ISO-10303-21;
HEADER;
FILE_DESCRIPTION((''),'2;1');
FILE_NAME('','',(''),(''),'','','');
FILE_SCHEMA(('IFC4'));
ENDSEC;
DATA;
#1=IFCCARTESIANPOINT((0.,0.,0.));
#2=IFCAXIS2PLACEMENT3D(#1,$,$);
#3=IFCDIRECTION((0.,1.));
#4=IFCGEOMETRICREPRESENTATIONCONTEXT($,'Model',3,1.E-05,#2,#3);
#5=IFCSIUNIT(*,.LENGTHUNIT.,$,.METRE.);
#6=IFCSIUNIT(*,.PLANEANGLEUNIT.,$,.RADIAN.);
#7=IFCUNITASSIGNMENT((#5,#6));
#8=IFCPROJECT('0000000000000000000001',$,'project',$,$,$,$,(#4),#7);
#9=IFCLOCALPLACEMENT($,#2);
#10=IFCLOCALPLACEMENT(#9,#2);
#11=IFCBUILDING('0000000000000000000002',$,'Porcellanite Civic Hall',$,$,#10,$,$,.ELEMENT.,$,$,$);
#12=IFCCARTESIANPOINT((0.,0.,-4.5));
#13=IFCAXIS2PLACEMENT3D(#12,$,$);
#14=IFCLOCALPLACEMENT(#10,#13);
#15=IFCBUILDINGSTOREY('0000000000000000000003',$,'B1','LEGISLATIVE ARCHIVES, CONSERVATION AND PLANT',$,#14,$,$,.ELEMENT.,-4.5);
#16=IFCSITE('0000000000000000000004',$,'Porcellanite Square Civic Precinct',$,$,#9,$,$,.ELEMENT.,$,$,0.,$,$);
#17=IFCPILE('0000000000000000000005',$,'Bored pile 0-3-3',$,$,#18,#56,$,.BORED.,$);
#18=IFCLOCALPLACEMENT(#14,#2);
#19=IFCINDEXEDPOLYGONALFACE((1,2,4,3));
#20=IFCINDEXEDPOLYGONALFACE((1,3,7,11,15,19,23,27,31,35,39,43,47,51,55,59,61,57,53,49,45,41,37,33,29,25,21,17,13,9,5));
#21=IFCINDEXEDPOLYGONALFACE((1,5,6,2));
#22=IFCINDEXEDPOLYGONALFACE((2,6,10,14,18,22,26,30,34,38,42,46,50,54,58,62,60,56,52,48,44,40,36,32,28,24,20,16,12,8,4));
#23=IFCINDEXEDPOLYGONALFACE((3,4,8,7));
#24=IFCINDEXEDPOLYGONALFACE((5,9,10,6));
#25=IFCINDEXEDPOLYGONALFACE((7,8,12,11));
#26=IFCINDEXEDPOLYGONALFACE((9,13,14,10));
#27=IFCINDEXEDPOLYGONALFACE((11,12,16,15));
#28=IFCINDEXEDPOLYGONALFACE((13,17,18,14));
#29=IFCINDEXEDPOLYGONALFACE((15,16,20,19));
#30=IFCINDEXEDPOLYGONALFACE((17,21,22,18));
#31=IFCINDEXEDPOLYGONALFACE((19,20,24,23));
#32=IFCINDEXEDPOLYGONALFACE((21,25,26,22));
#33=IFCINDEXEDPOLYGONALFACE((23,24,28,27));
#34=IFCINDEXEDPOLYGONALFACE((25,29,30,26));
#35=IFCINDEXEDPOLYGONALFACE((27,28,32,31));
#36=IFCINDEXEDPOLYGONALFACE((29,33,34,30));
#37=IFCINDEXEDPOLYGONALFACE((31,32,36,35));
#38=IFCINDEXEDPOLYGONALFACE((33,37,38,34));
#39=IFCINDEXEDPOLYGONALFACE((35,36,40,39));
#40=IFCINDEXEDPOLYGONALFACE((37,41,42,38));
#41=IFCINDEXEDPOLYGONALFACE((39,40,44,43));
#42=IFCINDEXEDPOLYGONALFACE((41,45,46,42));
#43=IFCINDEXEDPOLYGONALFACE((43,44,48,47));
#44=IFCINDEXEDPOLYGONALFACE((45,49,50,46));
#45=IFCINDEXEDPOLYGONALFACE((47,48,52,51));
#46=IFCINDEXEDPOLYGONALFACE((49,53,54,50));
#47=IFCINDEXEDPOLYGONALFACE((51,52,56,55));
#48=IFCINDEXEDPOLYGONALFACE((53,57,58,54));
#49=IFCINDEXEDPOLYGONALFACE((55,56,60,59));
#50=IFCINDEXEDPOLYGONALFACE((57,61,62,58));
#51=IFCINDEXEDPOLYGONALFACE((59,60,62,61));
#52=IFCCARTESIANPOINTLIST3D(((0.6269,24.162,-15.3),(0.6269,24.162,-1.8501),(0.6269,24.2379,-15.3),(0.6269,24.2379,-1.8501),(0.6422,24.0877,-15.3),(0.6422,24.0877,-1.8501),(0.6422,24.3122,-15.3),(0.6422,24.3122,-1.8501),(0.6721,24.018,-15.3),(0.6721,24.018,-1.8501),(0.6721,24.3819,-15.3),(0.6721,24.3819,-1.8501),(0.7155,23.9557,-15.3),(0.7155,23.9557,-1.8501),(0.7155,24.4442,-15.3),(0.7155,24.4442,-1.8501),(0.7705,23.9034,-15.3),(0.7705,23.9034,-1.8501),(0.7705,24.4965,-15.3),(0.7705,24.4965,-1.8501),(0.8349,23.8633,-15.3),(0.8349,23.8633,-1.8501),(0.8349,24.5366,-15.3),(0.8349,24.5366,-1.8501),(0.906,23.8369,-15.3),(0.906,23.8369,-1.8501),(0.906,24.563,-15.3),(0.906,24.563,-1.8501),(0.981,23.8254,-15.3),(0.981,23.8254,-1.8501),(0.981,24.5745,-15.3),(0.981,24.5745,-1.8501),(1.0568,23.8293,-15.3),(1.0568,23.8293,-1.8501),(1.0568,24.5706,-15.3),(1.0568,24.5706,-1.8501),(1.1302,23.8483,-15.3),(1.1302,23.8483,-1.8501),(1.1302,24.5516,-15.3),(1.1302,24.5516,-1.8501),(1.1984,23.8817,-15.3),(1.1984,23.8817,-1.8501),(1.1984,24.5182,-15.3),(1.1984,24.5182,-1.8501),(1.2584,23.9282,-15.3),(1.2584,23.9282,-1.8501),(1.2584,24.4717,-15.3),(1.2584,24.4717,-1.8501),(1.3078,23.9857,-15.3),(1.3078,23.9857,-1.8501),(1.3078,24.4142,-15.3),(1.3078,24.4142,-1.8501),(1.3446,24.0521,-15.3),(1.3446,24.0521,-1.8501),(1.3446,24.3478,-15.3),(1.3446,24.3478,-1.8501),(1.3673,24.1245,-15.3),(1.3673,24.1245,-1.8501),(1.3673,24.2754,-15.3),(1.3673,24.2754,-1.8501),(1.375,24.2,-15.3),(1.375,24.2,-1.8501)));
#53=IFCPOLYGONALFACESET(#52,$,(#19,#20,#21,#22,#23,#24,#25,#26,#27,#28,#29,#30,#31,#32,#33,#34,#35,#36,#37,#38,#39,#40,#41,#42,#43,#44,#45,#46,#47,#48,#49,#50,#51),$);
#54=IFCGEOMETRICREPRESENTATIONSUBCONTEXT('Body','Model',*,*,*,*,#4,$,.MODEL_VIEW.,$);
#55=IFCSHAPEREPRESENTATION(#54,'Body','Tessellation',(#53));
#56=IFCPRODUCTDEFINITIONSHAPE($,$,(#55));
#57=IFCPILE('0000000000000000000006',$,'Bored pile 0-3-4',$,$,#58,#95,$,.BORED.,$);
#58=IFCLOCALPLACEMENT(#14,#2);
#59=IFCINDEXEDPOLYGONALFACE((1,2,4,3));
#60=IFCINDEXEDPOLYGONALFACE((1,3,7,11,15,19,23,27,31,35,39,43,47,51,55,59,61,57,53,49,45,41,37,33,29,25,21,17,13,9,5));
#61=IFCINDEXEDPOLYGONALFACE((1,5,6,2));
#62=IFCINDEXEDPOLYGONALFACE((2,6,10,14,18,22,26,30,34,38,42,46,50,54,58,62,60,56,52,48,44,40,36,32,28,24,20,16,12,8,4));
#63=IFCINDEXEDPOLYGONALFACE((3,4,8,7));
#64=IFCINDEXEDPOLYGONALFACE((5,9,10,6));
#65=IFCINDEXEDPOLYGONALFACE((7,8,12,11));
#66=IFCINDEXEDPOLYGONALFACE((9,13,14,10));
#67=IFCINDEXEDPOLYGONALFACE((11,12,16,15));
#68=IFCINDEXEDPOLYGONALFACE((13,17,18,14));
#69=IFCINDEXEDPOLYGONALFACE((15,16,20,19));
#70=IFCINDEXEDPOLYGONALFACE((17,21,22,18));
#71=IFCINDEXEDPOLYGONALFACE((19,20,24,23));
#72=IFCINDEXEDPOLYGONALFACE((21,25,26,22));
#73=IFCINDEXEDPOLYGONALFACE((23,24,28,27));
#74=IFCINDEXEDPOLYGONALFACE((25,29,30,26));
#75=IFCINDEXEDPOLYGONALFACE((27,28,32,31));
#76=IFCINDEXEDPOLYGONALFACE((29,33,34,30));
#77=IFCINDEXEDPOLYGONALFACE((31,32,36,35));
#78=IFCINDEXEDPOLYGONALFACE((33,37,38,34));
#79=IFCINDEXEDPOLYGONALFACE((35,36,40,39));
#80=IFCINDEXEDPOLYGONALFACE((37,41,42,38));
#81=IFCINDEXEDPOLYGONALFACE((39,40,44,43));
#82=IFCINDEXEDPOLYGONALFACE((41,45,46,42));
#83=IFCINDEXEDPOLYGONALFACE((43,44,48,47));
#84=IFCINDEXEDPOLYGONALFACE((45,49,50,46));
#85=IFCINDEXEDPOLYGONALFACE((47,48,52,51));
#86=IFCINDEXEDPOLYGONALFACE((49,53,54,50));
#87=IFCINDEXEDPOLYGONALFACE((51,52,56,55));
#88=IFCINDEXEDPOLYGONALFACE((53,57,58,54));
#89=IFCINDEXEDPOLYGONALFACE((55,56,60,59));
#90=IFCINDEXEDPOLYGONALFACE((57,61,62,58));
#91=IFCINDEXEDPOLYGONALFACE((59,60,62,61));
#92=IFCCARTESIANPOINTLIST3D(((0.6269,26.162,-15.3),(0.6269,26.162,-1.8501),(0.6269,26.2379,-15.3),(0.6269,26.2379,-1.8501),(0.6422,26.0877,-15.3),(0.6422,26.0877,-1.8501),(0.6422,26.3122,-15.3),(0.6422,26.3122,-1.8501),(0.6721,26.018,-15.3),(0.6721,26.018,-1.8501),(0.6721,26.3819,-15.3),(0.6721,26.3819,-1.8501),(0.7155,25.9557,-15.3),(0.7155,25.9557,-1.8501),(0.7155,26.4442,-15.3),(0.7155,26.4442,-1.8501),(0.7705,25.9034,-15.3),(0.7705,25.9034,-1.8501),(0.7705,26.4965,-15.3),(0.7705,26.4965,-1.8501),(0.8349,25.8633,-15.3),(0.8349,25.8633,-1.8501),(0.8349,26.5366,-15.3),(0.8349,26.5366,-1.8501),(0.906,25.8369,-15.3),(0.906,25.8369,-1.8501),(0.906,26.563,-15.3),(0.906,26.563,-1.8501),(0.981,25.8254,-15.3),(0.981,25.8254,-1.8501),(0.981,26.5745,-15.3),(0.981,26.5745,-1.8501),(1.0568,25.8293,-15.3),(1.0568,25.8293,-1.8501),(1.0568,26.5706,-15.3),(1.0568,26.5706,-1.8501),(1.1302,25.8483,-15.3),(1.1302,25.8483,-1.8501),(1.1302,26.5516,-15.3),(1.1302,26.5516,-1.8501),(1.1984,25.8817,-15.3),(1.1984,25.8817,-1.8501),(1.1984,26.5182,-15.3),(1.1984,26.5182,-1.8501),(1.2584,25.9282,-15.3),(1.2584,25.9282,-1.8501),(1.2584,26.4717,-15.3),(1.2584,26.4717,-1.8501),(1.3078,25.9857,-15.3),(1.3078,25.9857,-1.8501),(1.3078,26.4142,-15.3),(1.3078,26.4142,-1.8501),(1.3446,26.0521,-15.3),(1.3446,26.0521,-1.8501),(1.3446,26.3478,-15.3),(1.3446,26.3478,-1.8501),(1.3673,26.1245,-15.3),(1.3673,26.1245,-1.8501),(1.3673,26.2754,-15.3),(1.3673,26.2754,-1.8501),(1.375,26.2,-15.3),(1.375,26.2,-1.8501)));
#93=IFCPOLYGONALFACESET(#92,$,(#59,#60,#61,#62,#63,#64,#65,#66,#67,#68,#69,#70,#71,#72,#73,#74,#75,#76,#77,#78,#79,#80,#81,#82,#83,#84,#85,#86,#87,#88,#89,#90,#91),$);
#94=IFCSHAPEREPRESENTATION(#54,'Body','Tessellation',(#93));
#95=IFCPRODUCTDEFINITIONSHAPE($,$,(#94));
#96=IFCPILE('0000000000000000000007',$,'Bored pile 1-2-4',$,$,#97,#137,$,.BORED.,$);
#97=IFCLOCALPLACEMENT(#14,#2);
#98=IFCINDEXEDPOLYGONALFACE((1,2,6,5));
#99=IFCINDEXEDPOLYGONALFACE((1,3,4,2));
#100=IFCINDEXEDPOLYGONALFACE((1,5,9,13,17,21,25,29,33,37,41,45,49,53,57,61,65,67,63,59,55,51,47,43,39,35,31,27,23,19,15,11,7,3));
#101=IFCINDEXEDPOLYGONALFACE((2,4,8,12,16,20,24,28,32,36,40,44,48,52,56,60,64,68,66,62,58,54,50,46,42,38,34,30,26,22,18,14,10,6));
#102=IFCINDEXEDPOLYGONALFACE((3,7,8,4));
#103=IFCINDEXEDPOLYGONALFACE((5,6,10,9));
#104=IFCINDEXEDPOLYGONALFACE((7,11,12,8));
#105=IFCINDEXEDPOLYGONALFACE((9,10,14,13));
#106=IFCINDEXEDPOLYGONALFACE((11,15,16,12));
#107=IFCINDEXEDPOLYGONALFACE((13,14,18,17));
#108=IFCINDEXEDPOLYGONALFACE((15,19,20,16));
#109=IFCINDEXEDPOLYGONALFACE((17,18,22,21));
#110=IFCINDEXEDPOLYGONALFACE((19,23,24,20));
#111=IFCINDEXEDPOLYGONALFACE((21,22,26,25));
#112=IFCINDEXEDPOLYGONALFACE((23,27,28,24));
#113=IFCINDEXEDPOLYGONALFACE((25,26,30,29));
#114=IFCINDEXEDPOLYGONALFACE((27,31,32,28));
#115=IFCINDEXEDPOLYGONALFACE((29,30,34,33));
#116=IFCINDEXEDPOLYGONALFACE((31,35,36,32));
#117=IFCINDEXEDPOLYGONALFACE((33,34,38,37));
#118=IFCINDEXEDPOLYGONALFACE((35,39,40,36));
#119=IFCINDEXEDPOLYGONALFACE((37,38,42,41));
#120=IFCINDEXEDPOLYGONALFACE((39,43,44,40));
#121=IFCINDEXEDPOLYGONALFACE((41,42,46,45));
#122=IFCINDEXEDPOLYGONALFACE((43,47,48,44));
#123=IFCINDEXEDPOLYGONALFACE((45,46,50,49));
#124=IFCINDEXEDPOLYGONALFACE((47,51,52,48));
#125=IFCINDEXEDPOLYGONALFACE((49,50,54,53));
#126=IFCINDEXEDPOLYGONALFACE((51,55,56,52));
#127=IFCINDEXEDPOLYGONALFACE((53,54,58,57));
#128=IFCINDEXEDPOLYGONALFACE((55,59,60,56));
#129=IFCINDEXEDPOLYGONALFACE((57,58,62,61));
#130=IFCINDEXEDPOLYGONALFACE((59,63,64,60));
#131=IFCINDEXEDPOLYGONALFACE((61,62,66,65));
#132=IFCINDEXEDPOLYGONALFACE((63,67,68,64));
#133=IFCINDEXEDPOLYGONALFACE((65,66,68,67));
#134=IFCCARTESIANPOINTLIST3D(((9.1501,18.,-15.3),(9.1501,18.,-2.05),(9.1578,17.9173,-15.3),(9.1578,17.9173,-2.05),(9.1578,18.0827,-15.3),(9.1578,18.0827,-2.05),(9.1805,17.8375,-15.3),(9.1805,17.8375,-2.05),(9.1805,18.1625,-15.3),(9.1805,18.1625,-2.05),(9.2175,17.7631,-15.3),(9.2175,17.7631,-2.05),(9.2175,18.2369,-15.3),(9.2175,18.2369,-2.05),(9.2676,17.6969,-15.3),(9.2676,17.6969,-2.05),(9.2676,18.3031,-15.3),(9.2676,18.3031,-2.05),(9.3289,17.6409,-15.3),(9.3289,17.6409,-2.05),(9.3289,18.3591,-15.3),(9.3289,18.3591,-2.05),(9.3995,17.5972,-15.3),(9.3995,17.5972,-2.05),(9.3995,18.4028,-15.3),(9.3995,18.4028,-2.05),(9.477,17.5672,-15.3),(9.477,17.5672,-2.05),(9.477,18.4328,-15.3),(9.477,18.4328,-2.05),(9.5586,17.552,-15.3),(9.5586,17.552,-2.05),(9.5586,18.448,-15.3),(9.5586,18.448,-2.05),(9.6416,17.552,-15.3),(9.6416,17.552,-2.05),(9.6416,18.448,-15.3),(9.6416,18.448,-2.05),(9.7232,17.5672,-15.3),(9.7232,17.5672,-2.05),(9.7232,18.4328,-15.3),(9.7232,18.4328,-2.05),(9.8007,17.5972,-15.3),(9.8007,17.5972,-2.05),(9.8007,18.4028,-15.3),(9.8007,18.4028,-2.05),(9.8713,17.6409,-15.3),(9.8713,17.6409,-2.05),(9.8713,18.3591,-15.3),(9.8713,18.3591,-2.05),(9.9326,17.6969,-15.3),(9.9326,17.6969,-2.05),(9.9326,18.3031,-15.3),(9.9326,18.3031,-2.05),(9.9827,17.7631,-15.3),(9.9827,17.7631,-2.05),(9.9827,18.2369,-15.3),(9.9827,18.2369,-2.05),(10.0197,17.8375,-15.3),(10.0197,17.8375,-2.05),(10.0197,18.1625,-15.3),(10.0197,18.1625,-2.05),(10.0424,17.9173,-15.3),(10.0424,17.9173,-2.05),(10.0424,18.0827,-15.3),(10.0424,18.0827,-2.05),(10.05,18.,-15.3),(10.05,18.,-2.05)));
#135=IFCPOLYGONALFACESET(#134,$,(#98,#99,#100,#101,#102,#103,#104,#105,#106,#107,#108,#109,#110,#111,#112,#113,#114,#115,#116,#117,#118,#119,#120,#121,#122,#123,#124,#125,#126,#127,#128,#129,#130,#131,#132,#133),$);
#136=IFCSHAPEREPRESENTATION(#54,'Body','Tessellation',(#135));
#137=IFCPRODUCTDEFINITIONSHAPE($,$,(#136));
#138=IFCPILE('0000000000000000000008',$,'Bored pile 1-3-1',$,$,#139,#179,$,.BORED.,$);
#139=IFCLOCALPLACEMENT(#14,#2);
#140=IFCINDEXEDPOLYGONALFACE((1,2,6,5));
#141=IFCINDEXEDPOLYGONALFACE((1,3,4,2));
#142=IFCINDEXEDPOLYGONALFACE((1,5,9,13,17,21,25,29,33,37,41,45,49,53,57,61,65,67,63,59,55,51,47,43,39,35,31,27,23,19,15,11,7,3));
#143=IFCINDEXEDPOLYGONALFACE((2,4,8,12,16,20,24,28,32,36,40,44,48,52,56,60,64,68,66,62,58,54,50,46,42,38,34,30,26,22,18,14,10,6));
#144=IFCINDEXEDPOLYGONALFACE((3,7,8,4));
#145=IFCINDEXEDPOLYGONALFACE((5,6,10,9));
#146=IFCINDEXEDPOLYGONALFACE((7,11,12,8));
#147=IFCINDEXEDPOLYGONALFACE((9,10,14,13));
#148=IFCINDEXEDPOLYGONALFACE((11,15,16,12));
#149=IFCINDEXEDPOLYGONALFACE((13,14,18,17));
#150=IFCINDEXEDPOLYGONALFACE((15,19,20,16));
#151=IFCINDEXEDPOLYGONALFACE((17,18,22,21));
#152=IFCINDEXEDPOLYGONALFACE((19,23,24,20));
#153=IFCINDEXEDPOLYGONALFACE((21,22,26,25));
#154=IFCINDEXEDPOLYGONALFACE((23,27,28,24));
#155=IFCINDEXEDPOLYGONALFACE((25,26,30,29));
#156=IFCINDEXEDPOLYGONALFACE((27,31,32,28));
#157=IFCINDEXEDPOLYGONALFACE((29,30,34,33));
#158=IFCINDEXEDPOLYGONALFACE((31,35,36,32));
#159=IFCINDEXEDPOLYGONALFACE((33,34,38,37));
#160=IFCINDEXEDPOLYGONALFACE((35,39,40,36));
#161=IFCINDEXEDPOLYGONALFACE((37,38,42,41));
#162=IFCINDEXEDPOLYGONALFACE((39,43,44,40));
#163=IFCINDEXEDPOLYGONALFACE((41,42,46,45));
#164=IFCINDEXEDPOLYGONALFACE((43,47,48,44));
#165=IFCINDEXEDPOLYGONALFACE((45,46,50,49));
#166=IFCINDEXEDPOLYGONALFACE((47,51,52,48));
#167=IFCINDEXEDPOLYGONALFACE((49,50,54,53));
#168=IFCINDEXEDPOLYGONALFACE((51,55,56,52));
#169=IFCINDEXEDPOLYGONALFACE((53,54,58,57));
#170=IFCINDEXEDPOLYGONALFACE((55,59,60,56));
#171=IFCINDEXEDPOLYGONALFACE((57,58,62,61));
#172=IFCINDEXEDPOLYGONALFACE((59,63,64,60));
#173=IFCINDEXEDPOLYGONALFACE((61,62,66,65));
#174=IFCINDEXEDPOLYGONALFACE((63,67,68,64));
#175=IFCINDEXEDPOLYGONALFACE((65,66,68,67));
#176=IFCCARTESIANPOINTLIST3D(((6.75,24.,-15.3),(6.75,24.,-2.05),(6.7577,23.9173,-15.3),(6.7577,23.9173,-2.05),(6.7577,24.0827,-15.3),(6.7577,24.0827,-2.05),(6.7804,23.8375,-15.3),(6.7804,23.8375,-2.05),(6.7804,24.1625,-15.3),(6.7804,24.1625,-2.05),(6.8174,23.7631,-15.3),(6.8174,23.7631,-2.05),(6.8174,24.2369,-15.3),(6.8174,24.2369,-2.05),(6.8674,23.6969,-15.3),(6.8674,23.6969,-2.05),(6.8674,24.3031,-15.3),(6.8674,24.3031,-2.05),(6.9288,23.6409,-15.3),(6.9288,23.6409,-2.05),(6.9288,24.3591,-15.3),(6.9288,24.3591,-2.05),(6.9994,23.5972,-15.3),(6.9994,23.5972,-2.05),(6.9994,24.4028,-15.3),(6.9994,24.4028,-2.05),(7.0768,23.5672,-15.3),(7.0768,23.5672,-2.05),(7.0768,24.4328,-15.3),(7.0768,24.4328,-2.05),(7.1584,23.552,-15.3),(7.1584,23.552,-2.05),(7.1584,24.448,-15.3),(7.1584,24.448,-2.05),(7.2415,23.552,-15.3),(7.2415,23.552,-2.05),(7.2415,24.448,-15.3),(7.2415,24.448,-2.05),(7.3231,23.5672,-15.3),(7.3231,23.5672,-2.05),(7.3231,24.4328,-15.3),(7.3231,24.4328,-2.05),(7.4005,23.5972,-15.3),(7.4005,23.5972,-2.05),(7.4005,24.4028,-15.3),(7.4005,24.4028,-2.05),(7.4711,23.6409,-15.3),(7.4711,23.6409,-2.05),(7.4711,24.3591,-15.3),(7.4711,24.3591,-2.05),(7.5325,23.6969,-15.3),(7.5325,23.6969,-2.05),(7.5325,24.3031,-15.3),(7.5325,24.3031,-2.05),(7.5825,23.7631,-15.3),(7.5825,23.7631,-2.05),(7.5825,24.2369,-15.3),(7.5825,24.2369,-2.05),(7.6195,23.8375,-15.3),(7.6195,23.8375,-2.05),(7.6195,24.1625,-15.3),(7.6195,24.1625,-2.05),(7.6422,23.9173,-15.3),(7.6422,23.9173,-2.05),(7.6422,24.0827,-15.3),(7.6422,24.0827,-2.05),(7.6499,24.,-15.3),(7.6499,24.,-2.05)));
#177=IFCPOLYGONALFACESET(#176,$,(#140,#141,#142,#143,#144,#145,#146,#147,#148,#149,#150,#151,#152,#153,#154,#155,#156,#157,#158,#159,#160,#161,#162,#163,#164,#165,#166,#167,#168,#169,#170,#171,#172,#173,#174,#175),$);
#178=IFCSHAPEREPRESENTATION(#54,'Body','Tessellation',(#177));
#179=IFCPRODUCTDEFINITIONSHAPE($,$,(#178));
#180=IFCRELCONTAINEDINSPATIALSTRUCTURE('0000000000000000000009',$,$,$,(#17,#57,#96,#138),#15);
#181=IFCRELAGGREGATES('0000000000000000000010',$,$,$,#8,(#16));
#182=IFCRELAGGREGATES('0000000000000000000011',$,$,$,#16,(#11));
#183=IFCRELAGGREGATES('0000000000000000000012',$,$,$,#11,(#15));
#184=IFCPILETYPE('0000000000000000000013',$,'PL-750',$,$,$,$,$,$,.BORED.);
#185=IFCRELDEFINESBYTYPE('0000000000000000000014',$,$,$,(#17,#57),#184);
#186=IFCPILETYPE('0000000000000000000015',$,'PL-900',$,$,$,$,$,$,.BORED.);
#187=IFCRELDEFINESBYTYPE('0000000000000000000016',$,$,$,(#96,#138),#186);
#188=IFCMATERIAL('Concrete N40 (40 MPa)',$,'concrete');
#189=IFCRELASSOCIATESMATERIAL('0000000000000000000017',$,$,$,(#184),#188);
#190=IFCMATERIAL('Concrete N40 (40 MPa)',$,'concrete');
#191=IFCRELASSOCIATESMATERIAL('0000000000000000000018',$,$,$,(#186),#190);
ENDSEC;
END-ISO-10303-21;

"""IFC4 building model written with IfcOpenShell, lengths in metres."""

from ifc_helpers import new_model, si_unit, direction, frame, origin, origin_2d, place, context, subcontext, project, spatial, circle, extrude, material, material_profile, profile_set, type_object, element, save


model = new_model("IFC4")

# Units and contexts
model_context = context("Model", 3, precision=1e-05, world=origin(), true_north=direction((0.0, 1.0)))
body_context = subcontext(model_context, "Body", "Model", "MODEL_VIEW")
ifc_project = project(units=[si_unit("LENGTHUNIT", "METRE"), si_unit("PLANEANGLEUNIT", "RADIAN")], contexts=[model_context])

# Site, building, storey
site_placement = place(None, origin())
site = spatial("IfcSite", under=ifc_project, at=site_placement, Name="Porcellanite Square Civic Precinct", CompositionType="ELEMENT", RefElevation=0.0)
building_placement = place(site_placement, origin())
building = spatial("IfcBuilding", under=site, at=building_placement, Name="Porcellanite Civic Hall", CompositionType="ELEMENT")
storey_placement = place(building_placement, frame((0.0, 0.0, -4.5)))
storey = spatial("IfcBuildingStorey", under=building, at=storey_placement, Name="B1", Description="LEGISLATIVE ARCHIVES, CONSERVATION AND PLANT", CompositionType="ELEMENT", Elevation=-4.5)

# Piles
ifc_material_1 = material(Name="Concrete N40 (40 MPa)", Category="concrete")
ifc_material_profile_1 = material_profile(ifc_material_1, circle(Radius=0.375, at=origin_2d()), Name="PILE-D750")
ifc_profile_set_1 = profile_set([ifc_material_profile_1], Name="Concrete N40 (40 MPa)")
pile_type_1 = type_object("IfcPileType", Name="PL-750", PredefinedType="BORED", material=ifc_profile_set_1)
for number, where, z_axis, x_axis, name in (
    (1, (1.0, 24.2, -1.8501), (0.0, 0.0, -1.0), (1.0, 0.0, 0.0), "Bored pile 0-3-3"),
    (2, (1.0, 26.2, -1.8501), (0.0, 0.0, -1.0), (1.0, 0.0, 0.0), "Bored pile 0-3-4"),
):
    element("IfcPile", number, at=place(storey_placement, frame(where, z_axis=z_axis, x_axis=x_axis)), inside=storey, type_object=pile_type_1, Name=name, PredefinedType="BORED", context=body_context, shape_type="SweptSolid", body=[
        extrude(circle(Radius=0.375, at=origin_2d()), origin(), (0.0, 0.0, 1.0), 13.45),
    ])
ifc_material_2 = material(Name="Concrete N40 (40 MPa)", Category="concrete")
ifc_material_profile_2 = material_profile(ifc_material_2, circle(Radius=0.45, at=origin_2d()), Name="PILE-D900")
ifc_profile_set_2 = profile_set([ifc_material_profile_2], Name="Concrete N40 (40 MPa)")
pile_type_2 = type_object("IfcPileType", Name="PL-900", PredefinedType="BORED", material=ifc_profile_set_2)
for number, where, z_axis, x_axis, name in (
    (3, (9.6001, 18.0, -2.05), (0.0, 0.0, -1.0), (1.0, 0.0, 0.0), "Bored pile 1-2-4"),
    (4, (7.2, 24.0, -2.05), (0.0, 0.0, -1.0), (1.0, 0.0, 0.0), "Bored pile 1-3-1"),
):
    element("IfcPile", number, at=place(storey_placement, frame(where, z_axis=z_axis, x_axis=x_axis)), inside=storey, type_object=pile_type_2, Name=name, PredefinedType="BORED", context=body_context, shape_type="SweptSolid", body=[
        extrude(circle(Radius=0.45, at=origin_2d()), origin(), (0.0, 0.0, 1.0), 13.25),
    ])

save(model, "model.ifc")
